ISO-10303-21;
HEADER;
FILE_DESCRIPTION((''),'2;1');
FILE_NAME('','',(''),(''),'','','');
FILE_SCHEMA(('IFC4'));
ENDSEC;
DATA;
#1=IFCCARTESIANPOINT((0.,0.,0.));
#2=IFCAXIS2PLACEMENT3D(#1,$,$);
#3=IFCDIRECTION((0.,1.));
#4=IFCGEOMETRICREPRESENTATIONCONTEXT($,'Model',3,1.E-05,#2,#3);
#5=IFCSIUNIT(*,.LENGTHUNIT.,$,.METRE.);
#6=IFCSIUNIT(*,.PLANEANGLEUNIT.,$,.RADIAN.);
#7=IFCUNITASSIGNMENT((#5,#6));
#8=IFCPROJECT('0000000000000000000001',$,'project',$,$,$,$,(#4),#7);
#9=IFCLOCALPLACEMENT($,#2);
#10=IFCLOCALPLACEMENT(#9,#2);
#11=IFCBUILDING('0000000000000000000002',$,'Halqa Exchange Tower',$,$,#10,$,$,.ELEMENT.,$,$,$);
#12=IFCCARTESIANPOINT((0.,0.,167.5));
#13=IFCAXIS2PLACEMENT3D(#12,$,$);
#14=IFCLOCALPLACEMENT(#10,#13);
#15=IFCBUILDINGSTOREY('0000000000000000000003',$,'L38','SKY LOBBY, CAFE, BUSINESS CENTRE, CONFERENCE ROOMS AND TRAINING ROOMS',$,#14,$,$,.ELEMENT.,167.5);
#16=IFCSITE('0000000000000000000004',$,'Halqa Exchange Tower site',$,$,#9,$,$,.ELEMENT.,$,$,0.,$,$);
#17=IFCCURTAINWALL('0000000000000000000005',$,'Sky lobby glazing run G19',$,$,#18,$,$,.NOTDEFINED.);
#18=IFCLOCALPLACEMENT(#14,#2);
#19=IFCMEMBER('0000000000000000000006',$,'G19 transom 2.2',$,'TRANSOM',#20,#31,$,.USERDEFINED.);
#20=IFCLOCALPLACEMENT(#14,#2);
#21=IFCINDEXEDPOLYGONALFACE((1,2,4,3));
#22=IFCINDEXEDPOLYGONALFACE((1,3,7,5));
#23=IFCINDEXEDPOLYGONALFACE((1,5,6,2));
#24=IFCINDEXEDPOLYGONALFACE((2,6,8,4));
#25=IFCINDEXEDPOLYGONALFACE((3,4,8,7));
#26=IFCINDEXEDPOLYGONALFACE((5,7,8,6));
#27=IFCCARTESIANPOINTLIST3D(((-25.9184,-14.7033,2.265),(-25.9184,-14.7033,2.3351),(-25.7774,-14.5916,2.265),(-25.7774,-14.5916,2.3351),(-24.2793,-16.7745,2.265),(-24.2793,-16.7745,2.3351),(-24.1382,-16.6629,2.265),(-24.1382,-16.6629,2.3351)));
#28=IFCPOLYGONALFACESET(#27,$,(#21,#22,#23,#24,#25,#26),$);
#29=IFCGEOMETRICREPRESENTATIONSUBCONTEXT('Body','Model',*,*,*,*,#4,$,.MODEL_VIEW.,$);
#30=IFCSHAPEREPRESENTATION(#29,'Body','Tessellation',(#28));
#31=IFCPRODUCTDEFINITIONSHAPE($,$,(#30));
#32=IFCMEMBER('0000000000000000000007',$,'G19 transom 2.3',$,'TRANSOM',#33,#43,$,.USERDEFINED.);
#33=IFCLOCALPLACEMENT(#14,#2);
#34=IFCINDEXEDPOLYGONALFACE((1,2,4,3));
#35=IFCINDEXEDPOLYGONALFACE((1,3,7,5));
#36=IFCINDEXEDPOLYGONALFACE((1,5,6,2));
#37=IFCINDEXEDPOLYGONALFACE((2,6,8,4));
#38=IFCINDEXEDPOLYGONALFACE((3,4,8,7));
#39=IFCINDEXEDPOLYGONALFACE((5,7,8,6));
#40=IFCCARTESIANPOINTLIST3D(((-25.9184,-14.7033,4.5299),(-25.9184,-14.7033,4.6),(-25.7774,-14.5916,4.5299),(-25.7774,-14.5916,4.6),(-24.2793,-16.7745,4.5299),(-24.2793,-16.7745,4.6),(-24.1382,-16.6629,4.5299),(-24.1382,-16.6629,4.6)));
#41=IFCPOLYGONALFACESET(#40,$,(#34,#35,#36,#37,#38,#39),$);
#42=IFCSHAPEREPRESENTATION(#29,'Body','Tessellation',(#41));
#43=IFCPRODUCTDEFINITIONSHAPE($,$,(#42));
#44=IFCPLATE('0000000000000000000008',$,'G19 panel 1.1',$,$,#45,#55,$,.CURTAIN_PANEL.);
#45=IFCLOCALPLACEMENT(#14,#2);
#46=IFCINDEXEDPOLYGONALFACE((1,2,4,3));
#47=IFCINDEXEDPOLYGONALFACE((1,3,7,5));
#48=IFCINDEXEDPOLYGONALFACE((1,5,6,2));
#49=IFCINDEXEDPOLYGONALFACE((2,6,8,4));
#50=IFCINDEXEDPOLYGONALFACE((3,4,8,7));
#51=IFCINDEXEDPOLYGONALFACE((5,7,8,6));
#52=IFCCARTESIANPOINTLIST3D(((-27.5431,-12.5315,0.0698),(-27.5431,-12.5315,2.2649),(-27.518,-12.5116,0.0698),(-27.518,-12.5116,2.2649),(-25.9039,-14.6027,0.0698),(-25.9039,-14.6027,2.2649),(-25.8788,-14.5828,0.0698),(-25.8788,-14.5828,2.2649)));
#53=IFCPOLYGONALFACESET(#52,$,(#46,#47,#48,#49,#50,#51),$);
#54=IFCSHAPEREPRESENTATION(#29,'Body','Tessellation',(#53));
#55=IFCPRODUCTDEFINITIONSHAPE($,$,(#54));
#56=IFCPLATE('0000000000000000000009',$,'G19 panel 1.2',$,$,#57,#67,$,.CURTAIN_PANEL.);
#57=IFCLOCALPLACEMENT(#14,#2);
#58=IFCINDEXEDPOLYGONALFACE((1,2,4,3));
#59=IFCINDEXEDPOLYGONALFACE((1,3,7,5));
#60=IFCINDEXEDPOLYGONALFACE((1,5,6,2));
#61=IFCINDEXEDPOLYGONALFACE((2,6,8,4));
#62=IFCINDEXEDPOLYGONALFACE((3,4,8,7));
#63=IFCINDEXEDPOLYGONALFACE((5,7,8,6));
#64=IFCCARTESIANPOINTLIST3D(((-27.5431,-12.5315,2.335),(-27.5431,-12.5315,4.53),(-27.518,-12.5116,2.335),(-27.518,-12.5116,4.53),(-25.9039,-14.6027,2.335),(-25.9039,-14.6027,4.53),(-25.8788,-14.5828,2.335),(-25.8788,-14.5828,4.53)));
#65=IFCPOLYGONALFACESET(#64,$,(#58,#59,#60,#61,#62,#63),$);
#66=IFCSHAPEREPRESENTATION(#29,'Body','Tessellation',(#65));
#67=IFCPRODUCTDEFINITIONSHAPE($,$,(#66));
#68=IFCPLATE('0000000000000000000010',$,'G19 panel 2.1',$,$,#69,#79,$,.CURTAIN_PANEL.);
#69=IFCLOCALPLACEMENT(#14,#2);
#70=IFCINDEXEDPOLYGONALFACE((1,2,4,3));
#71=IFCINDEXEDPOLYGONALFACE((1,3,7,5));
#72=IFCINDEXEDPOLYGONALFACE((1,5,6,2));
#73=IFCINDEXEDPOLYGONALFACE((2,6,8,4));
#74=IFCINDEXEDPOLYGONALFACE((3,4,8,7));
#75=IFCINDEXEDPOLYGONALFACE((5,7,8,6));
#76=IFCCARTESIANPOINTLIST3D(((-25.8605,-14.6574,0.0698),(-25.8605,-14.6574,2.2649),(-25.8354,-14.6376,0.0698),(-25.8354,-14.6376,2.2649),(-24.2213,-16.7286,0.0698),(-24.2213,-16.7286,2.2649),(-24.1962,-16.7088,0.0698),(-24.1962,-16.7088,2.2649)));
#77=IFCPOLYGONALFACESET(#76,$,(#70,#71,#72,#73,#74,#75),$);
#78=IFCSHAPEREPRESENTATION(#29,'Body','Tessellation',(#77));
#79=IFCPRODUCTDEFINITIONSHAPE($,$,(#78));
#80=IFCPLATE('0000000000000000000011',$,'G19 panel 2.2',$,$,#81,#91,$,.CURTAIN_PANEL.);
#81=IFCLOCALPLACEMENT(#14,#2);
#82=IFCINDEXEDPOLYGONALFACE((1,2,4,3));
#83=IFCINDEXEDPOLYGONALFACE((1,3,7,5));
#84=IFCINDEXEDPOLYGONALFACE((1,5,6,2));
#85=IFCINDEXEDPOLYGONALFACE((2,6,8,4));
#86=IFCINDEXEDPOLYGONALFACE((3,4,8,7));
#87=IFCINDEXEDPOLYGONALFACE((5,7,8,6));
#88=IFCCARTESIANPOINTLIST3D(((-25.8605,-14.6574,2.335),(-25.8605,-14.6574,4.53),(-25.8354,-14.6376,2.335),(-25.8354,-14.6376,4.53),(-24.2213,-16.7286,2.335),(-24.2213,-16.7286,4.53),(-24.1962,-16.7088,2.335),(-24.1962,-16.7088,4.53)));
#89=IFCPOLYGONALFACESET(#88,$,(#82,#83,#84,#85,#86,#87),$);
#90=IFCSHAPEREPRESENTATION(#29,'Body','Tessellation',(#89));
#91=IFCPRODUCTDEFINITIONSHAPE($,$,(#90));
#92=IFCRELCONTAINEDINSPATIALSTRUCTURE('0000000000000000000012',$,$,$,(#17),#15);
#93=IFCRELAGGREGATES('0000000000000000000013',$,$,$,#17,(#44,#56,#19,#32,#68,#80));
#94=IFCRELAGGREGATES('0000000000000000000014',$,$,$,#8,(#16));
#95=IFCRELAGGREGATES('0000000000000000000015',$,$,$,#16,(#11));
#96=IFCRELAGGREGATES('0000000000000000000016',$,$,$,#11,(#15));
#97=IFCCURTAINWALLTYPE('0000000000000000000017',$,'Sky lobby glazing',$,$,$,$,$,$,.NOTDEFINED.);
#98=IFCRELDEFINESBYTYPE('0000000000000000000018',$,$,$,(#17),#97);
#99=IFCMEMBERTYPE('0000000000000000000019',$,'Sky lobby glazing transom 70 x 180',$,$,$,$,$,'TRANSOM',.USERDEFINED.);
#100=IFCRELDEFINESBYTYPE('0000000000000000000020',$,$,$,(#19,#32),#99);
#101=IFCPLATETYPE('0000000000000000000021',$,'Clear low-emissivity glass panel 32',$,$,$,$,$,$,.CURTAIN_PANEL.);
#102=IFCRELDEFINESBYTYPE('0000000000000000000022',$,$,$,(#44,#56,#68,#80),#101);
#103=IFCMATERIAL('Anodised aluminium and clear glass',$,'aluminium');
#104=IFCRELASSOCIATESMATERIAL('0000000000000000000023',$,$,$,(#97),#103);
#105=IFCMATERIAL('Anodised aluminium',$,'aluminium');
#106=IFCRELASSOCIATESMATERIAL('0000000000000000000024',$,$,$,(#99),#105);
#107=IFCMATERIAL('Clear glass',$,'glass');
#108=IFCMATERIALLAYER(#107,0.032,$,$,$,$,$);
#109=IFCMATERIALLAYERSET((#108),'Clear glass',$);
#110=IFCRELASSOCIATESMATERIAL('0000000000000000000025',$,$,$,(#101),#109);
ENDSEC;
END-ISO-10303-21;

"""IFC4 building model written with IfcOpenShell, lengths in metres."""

from ifc_helpers import new_model, si_unit, direction, frame, origin, origin_2d, place, context, subcontext, project, spatial, rectangle, extrude, material, layer, layer_set, material_profile, profile_set, type_object, element, aggregate, save


model = new_model("IFC4")

# Units and contexts
model_context = context("Model", 3, precision=1e-05, world=origin(), true_north=direction((0.0, 1.0)))
body_context = subcontext(model_context, "Body", "Model", "MODEL_VIEW")
ifc_project = project(units=[si_unit("LENGTHUNIT", "METRE"), si_unit("PLANEANGLEUNIT", "RADIAN")], contexts=[model_context])

# Site, building, storey
site_placement = place(None, origin())
site = spatial("IfcSite", under=ifc_project, at=site_placement, Name="Halqa Exchange Tower site", CompositionType="ELEMENT", RefElevation=0.0)
building_placement = place(site_placement, origin())
building = spatial("IfcBuilding", under=site, at=building_placement, Name="Halqa Exchange Tower", CompositionType="ELEMENT")
storey_placement = place(building_placement, frame((0.0, 0.0, 167.5)))
storey = spatial("IfcBuildingStorey", under=building, at=storey_placement, Name="L38", Description="SKY LOBBY, CAFE, BUSINESS CENTRE, CONFERENCE ROOMS AND TRAINING ROOMS", CompositionType="ELEMENT", Elevation=167.5)

# Curtain wall, members, plates
ifc_material_1 = material(Name="Anodised aluminium and clear glass", Category="aluminium")
curtain_wall_type = type_object("IfcCurtainWallType", Name="Sky lobby glazing", PredefinedType="NOTDEFINED", material=ifc_material_1)
curtain_wall_placement = place(storey_placement, origin())
curtain_wall = element("IfcCurtainWall", 1, at=curtain_wall_placement, inside=storey, type_object=curtain_wall_type, Name="Sky lobby glazing run G19", PredefinedType="NOTDEFINED")
ifc_material_2 = material(Name="Anodised aluminium", Category="aluminium")
ifc_material_profile_1 = material_profile(ifc_material_2, rectangle(XDim=0.1799, YDim=0.0701, at=origin_2d()), Name="AL 70x180")
ifc_profile_set_1 = profile_set([ifc_material_profile_1], Name="Anodised aluminium")
member_type_1 = type_object("IfcMemberType", Name="Sky lobby glazing transom 70 x 180", ElementType="TRANSOM", PredefinedType="USERDEFINED", material=ifc_profile_set_1)
member_1_placement = place(storey_placement, frame((-25.8479, -14.6475, 2.3), z_axis=(0.620561, -0.784158, 0.0), x_axis=(0.784158, 0.620561, 0.0)))
member_1 = element("IfcMember", 2, at=member_1_placement, type_object=member_type_1, Name="G19 transom 2.2", ObjectType="TRANSOM", PredefinedType="USERDEFINED", context=body_context, shape_type="SweptSolid", body=[
    extrude(rectangle(XDim=0.1799, YDim=0.0701, at=origin_2d()), origin(), (0.0, 0.0, 1.0), 2.6414),
])
member_2_placement = place(storey_placement, frame((-25.8479, -14.6475, 4.5649), z_axis=(0.620561, -0.784158, 0.0), x_axis=(0.784158, 0.620561, 0.0)))
member_2 = element("IfcMember", 3, at=member_2_placement, type_object=member_type_1, Name="G19 transom 2.3", ObjectType="TRANSOM", PredefinedType="USERDEFINED", context=body_context, shape_type="SweptSolid", body=[
    extrude(rectangle(XDim=0.1799, YDim=0.0701, at=origin_2d()), origin(), (0.0, 0.0, 1.0), 2.6414),
])
ifc_material_3 = material(Name="Clear glass", Category="glass")
ifc_layer = layer(ifc_material_3, 0.032)
ifc_layer_set = layer_set([ifc_layer], Name="Clear glass")
plate_type = type_object("IfcPlateType", Name="Clear low-emissivity glass panel 32", PredefinedType="CURTAIN_PANEL", material=ifc_layer_set)
plate_1_placement = place(storey_placement, frame((-26.7109, -13.5571, 0.0698), z_axis=(0.0, 0.0, 1.0), x_axis=(0.620584, -0.78414, 0.0)))
plate_1 = element("IfcPlate", 4, at=plate_1_placement, type_object=plate_type, Name="G19 panel 1.1", PredefinedType="CURTAIN_PANEL", context=body_context, shape_type="SweptSolid", body=[
    extrude(rectangle(XDim=2.6414, YDim=0.032, at=origin_2d()), origin(), (0.0, 0.0, 1.0), 2.1951),
])
plate_2_placement = place(storey_placement, frame((-26.7109, -13.5571, 2.335), z_axis=(0.0, 0.0, 1.0), x_axis=(0.620584, -0.78414, 0.0)))
plate_2 = element("IfcPlate", 5, at=plate_2_placement, type_object=plate_type, Name="G19 panel 1.2", PredefinedType="CURTAIN_PANEL", context=body_context, shape_type="SweptSolid", body=[
    extrude(rectangle(XDim=2.6414, YDim=0.032, at=origin_2d()), origin(), (0.0, 0.0, 1.0), 2.1951),
])
plate_3_placement = place(storey_placement, frame((-25.0283, -15.6831, 0.0698), z_axis=(0.0, 0.0, 1.0), x_axis=(0.620584, -0.78414, 0.0)))
plate_3 = element("IfcPlate", 6, at=plate_3_placement, type_object=plate_type, Name="G19 panel 2.1", PredefinedType="CURTAIN_PANEL", context=body_context, shape_type="SweptSolid", body=[
    extrude(rectangle(XDim=2.6414, YDim=0.032, at=origin_2d()), origin(), (0.0, 0.0, 1.0), 2.1951),
])
plate_4_placement = place(storey_placement, frame((-25.0283, -15.6831, 2.335), z_axis=(0.0, 0.0, 1.0), x_axis=(0.620584, -0.78414, 0.0)))
plate_4 = element("IfcPlate", 7, at=plate_4_placement, type_object=plate_type, Name="G19 panel 2.2", PredefinedType="CURTAIN_PANEL", context=body_context, shape_type="SweptSolid", body=[
    extrude(rectangle(XDim=2.6414, YDim=0.032, at=origin_2d()), origin(), (0.0, 0.0, 1.0), 2.1951),
])
aggregate(curtain_wall, [plate_1, plate_2, member_1, member_2, plate_3, plate_4])

save(model, "model.ifc")
